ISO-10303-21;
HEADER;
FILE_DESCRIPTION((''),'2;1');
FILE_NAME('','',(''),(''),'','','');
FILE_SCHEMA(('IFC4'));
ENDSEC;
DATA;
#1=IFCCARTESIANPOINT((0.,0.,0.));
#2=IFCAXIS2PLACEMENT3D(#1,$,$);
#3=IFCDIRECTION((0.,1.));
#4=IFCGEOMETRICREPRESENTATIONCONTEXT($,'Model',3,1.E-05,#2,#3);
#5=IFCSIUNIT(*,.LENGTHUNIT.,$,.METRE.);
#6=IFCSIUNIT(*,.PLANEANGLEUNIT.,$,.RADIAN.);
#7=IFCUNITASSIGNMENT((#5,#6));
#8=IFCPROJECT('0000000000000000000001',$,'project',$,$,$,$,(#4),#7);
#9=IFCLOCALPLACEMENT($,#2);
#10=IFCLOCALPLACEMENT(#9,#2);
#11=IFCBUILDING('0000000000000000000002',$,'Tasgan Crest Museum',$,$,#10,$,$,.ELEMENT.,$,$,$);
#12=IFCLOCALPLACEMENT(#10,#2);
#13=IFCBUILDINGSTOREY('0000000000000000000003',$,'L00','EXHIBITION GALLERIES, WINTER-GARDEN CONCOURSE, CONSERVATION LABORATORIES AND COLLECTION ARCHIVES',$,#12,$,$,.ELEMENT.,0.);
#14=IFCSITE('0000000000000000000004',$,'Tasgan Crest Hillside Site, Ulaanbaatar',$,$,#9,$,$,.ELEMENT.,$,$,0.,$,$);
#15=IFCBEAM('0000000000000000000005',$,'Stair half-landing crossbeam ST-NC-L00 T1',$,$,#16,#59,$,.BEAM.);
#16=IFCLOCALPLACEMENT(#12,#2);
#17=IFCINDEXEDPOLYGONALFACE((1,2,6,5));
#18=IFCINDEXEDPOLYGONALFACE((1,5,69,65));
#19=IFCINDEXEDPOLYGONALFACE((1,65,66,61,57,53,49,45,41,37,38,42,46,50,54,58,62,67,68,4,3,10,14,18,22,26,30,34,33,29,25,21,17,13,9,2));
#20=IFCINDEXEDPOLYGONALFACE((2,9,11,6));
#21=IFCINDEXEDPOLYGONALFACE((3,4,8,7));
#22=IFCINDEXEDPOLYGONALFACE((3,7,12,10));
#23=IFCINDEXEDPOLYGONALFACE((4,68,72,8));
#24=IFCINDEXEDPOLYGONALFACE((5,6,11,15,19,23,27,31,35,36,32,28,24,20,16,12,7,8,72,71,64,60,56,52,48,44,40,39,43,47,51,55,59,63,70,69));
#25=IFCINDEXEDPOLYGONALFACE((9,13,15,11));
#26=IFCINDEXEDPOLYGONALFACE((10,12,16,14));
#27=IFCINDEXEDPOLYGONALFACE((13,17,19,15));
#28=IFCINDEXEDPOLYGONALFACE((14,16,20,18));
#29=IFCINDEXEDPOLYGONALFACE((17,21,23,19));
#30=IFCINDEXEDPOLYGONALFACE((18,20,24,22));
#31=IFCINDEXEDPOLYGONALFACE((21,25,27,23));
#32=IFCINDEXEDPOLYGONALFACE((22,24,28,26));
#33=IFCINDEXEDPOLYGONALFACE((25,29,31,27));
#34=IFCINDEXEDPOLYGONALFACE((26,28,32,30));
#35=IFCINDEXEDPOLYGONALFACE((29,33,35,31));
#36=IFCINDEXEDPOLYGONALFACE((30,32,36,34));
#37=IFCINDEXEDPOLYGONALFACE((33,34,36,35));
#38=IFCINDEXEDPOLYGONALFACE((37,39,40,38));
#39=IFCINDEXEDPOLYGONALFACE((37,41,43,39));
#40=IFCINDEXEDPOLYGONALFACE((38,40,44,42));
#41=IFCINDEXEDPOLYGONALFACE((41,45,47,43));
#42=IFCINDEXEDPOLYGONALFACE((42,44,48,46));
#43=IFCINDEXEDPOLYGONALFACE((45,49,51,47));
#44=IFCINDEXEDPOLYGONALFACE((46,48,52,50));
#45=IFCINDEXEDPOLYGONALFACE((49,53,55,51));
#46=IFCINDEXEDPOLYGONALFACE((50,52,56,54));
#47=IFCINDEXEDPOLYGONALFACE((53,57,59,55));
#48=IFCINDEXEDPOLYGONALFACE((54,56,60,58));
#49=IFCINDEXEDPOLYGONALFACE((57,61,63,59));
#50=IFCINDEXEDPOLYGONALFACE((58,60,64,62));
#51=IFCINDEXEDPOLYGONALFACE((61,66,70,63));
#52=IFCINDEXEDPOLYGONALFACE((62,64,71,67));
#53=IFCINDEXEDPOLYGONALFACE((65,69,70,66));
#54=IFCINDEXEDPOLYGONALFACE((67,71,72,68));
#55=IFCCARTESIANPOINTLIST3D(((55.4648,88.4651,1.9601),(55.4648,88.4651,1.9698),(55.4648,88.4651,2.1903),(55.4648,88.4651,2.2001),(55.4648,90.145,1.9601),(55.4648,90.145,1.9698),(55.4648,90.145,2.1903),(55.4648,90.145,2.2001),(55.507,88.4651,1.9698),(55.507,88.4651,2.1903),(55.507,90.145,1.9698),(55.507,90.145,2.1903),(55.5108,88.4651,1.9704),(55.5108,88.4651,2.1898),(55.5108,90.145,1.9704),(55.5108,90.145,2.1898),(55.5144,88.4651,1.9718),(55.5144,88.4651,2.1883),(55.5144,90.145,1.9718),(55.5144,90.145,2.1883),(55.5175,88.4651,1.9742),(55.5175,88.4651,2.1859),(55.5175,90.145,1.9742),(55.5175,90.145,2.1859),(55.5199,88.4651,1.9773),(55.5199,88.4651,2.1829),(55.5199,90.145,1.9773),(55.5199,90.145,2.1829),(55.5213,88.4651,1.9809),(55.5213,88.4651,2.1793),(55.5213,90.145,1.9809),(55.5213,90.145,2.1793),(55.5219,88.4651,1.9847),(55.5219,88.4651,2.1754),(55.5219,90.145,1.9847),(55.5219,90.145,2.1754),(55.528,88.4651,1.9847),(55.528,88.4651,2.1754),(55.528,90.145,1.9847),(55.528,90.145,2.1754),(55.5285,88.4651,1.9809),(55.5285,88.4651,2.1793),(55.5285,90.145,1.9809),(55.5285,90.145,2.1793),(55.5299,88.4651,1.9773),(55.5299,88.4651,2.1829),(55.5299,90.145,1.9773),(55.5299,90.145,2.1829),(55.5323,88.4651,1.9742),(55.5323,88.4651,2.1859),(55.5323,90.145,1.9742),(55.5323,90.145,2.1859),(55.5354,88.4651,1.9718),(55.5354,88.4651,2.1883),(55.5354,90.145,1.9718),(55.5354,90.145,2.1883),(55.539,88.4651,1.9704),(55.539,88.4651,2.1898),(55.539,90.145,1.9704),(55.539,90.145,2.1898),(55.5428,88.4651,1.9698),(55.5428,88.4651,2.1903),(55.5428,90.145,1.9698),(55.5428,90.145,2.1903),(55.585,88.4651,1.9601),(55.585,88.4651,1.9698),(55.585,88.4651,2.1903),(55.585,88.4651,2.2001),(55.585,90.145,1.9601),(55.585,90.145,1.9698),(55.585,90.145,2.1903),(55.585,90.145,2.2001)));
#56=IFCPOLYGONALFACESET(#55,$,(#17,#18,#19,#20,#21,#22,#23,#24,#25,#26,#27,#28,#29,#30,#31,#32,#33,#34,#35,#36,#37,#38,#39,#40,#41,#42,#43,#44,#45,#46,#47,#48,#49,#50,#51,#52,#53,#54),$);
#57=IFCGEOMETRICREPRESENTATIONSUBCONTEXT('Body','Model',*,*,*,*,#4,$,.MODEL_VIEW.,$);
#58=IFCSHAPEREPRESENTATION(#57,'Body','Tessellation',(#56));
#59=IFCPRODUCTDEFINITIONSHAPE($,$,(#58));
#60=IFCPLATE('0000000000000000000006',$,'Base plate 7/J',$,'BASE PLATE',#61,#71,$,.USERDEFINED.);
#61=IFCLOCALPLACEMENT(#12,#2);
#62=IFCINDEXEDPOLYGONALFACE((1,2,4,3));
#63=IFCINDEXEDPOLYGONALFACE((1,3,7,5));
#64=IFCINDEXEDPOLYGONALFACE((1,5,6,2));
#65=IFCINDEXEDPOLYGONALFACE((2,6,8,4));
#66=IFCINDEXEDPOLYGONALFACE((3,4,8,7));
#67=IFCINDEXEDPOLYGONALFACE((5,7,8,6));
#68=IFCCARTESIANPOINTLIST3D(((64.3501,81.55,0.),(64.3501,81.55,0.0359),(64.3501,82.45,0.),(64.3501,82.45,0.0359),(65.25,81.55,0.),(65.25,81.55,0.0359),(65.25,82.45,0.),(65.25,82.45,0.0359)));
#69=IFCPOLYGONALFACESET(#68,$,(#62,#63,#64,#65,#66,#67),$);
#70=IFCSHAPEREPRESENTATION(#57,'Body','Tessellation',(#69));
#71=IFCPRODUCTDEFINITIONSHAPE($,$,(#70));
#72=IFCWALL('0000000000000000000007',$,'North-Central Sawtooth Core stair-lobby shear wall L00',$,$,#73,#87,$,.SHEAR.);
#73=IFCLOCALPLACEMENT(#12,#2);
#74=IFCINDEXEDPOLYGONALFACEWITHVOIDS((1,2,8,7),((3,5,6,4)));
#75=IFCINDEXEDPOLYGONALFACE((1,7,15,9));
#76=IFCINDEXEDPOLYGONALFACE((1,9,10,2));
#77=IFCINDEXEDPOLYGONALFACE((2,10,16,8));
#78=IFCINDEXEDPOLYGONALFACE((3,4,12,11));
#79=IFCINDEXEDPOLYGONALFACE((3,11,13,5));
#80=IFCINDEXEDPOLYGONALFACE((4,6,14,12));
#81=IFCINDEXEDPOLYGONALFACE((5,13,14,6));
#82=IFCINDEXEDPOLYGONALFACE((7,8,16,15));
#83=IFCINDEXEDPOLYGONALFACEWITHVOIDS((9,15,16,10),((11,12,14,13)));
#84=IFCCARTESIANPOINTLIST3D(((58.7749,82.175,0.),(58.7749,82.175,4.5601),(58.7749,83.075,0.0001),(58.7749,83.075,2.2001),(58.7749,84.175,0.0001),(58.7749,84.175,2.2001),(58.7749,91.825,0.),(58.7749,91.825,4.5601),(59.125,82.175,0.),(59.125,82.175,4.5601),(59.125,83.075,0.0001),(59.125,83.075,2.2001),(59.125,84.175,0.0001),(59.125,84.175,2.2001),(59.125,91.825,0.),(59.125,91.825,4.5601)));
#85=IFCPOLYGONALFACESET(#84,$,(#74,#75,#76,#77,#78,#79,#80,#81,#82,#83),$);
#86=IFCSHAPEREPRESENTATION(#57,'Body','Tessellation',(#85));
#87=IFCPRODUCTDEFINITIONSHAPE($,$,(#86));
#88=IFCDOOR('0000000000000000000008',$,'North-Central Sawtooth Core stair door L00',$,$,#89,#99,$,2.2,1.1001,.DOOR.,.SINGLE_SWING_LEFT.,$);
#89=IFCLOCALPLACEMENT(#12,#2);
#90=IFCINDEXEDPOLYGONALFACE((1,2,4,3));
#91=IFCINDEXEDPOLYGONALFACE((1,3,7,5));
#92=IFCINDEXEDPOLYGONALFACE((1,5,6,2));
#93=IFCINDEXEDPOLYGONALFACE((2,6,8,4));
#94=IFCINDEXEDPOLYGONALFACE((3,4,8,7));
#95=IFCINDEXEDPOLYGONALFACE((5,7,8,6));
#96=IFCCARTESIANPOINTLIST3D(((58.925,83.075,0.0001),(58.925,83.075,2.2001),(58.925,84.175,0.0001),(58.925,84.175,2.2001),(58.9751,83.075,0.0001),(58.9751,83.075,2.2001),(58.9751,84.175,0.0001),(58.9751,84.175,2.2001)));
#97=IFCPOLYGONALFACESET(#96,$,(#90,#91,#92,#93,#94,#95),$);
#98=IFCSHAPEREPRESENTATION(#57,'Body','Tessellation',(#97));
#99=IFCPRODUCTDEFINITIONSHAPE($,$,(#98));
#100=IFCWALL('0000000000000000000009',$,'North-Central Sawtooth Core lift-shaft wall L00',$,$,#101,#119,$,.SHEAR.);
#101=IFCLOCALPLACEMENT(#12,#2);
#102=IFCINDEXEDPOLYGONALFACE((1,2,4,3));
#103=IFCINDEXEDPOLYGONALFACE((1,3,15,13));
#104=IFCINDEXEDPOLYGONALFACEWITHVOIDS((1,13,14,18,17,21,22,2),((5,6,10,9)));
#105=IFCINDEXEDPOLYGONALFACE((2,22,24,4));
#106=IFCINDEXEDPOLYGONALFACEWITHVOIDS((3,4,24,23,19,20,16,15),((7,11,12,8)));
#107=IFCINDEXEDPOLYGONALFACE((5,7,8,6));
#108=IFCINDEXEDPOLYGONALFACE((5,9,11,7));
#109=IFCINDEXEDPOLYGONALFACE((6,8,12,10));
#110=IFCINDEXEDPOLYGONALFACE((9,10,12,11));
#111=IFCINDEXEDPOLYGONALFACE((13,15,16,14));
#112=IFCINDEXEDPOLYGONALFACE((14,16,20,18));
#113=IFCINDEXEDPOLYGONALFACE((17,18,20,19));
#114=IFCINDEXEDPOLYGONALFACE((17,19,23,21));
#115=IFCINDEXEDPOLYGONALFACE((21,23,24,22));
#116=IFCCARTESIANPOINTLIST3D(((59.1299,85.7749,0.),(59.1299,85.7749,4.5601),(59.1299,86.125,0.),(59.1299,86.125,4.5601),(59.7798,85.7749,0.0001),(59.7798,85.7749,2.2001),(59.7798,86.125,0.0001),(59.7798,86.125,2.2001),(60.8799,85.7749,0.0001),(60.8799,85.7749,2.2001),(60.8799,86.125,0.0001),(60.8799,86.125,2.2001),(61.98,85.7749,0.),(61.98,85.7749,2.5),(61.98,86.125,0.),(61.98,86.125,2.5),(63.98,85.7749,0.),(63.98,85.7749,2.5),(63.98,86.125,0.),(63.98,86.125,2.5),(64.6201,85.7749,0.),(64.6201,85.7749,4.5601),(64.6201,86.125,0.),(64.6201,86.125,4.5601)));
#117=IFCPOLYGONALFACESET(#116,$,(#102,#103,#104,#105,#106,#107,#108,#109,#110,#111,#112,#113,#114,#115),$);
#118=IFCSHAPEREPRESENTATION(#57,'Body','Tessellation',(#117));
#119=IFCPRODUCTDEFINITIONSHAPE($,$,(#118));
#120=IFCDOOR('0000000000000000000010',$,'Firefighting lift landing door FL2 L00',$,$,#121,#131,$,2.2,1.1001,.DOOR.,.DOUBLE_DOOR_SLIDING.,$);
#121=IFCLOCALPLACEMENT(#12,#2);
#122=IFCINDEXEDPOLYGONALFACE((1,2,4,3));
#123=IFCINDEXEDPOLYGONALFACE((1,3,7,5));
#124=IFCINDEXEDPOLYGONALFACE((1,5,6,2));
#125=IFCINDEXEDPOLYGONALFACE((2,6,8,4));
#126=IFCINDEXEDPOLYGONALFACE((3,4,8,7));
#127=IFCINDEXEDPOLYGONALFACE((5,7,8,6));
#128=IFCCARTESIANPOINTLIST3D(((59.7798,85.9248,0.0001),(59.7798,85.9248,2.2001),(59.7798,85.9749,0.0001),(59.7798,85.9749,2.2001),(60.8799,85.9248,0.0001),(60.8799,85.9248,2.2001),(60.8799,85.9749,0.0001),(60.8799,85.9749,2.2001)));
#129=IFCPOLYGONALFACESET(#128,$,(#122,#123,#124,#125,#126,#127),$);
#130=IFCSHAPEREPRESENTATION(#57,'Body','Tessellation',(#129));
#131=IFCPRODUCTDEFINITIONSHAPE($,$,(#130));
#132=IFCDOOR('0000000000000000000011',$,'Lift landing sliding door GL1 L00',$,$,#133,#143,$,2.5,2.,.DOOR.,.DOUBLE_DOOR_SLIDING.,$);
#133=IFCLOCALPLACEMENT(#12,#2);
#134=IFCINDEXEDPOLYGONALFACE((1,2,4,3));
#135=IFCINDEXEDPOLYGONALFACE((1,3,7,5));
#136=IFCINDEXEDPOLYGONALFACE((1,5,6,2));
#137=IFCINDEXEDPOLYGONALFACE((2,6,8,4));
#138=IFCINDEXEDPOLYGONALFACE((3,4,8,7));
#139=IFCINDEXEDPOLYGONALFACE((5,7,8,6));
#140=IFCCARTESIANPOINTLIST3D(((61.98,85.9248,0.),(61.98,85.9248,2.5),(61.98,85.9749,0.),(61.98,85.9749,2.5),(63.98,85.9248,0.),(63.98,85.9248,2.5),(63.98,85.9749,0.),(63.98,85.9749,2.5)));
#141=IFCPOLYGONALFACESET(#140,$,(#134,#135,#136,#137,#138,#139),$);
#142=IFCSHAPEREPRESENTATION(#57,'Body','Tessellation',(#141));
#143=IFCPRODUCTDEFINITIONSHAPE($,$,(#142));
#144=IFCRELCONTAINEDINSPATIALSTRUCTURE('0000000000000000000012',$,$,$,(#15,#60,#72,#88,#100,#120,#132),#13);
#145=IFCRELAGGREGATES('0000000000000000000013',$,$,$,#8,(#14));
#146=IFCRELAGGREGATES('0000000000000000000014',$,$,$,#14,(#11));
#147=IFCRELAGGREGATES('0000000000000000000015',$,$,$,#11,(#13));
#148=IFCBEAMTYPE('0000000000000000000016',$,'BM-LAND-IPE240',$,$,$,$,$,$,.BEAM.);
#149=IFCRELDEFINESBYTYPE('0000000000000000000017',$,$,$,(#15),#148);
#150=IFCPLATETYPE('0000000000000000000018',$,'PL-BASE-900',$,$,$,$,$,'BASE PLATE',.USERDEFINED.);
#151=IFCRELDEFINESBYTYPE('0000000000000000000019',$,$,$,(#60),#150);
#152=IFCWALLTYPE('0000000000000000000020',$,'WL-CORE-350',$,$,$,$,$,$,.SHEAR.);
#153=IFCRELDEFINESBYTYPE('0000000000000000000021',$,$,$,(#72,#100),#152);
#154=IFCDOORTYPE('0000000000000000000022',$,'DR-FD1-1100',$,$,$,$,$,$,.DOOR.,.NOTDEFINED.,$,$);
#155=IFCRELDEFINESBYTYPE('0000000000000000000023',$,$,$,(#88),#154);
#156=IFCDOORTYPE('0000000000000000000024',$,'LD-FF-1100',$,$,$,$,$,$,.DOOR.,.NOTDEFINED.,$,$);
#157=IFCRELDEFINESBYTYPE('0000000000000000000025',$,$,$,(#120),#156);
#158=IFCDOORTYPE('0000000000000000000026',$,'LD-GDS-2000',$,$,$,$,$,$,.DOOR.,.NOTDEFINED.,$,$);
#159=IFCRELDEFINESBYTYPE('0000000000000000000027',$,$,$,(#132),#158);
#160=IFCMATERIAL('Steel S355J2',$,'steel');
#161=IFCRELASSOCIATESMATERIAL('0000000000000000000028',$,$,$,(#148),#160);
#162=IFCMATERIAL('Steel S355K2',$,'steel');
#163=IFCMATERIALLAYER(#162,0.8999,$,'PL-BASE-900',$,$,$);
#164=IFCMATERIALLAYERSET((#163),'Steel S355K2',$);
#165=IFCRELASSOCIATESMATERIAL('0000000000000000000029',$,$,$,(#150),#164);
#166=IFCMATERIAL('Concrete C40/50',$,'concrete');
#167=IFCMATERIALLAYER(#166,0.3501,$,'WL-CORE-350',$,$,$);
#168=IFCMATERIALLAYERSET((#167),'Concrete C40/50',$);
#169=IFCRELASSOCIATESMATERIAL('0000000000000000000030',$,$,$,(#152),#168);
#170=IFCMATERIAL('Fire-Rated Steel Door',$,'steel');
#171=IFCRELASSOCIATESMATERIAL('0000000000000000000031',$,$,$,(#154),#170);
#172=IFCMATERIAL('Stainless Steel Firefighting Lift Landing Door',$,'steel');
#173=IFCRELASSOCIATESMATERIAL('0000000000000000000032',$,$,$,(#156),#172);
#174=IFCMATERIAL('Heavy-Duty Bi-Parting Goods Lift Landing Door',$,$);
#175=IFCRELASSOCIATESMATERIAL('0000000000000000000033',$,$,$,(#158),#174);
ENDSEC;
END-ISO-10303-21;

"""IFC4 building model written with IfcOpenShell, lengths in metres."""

from ifc_helpers import new_model, si_unit, direction, frame, frame_2d, origin, origin_2d, place, context, subcontext, project, spatial, rectangle, i_section, extrude, material, layer, layer_set, material_profile, profile_set, type_object, element, fill, save


model = new_model("IFC4")

# Units and contexts
model_context = context("Model", 3, precision=1e-05, world=origin(), true_north=direction((0.0, 1.0)))
body_context = subcontext(model_context, "Body", "Model", "MODEL_VIEW")
ifc_project = project(units=[si_unit("LENGTHUNIT", "METRE"), si_unit("PLANEANGLEUNIT", "RADIAN")], contexts=[model_context])

# Site, building, storey
site_placement = place(None, origin())
site = spatial("IfcSite", under=ifc_project, at=site_placement, Name="Tasgan Crest Hillside Site, Ulaanbaatar", CompositionType="ELEMENT", RefElevation=0.0)
building_placement = place(site_placement, origin())
building = spatial("IfcBuilding", under=site, at=building_placement, Name="Tasgan Crest Museum", CompositionType="ELEMENT")
storey_placement = place(building_placement, origin())
storey = spatial("IfcBuildingStorey", under=building, at=storey_placement, Name="L00", Description="EXHIBITION GALLERIES, WINTER-GARDEN CONCOURSE, CONSERVATION LABORATORIES AND COLLECTION ARCHIVES", CompositionType="ELEMENT", Elevation=0.0)

# Beam
ifc_material_1 = material(Name="Steel S355J2", Category="steel")
ifc_material_profile_1 = material_profile(ifc_material_1, i_section(OverallWidth=0.1201, OverallDepth=0.24, WebThickness=0.0061, FlangeThickness=0.0098, FilletRadius=0.0149, at=origin_2d()), Name="IPE 240")
ifc_profile_set_1 = profile_set([ifc_material_profile_1], Name="Steel S355J2")
beam_type = type_object("IfcBeamType", Name="BM-LAND-IPE240", PredefinedType="BEAM", material=ifc_profile_set_1)
beam_placement = place(storey_placement, frame((55.5249, 88.4651, 2.0801), z_axis=(0.0, 1.0, 0.0), x_axis=(-1.0, 0.0, 0.0)))
element("IfcBeam", 1, at=beam_placement, inside=storey, type_object=beam_type, Name="Stair half-landing crossbeam ST-NC-L00 T1", PredefinedType="BEAM", context=body_context, shape_type="SweptSolid", body=[
    extrude(i_section(OverallWidth=0.1201, OverallDepth=0.24, WebThickness=0.0061, FlangeThickness=0.0098, FilletRadius=0.0149, at=origin_2d()), origin(), (0.0, 0.0, 1.0), 1.6799),
])

# Plate
ifc_material_2 = material(Name="Steel S355K2", Category="steel")
ifc_layer_1 = layer(ifc_material_2, 0.8999, Name="PL-BASE-900")
ifc_layer_set_1 = layer_set([ifc_layer_1], Name="Steel S355K2")
plate_type = type_object("IfcPlateType", Name="PL-BASE-900", ElementType="BASE PLATE", PredefinedType="USERDEFINED", material=ifc_layer_set_1)
plate_placement = place(storey_placement, frame((64.8, 82.0, 0.0), z_axis=(0.0, 0.0, 1.0), x_axis=(1.0, 0.0, 0.0)))
element("IfcPlate", 2, at=plate_placement, inside=storey, type_object=plate_type, Name="Base plate 7/J", ObjectType="BASE PLATE", PredefinedType="USERDEFINED", context=body_context, shape_type="SweptSolid", body=[
    extrude(rectangle(XDim=0.8999, YDim=0.8999, at=origin_2d()), origin(), (0.0, 0.0, 1.0), 0.0359),
])

# Wall, opening, door
ifc_material_3 = material(Name="Concrete C40/50", Category="concrete")
ifc_layer_2 = layer(ifc_material_3, 0.3501, Name="WL-CORE-350")
ifc_layer_set_2 = layer_set([ifc_layer_2], Name="Concrete C40/50")
wall_type = type_object("IfcWallType", Name="WL-CORE-350", PredefinedType="SHEAR", material=ifc_layer_set_2)
wall_1_placement = place(storey_placement, frame((58.95, 82.175, 0.0), z_axis=(0.0, 0.0, 1.0), x_axis=(0.0, 1.0, 0.0)))
wall_1 = element("IfcWall", 3, at=wall_1_placement, inside=storey, type_object=wall_type, Name="North-Central Sawtooth Core stair-lobby shear wall L00", PredefinedType="SHEAR", context=body_context, shape_type="SweptSolid", body=[
    extrude(rectangle(XDim=9.6499, YDim=0.3501, at=frame_2d((4.825, 0.0))), origin(), (0.0, 0.0, 1.0), 4.5601),
])
opening_1_placement = place(wall_1_placement, frame((0.8999, 0.0, 0.0)))
opening_1 = element("IfcOpeningElement", 4, at=opening_1_placement, cuts=wall_1, PredefinedType="OPENING", context=body_context, shape_type="SweptSolid", body=[
    extrude(rectangle(XDim=1.1001, YDim=2.2, at=frame_2d((0.55, 1.1001))), frame((0.0, 0.1851, 0.0), z_axis=(0.0, -1.0, 0.0), x_axis=(1.0, 0.0, 0.0)), (0.0, 0.0, 1.0), 0.3701),
])
ifc_material_4 = material(Name="Fire-Rated Steel Door", Category="steel")
door_type_1 = type_object("IfcDoorType", Name="DR-FD1-1100", OperationType="NOTDEFINED", PredefinedType="DOOR", material=ifc_material_4)
door_1_placement = place(opening_1_placement, origin())
door_1 = element("IfcDoor", 5, at=door_1_placement, inside=storey, type_object=door_type_1, Name="North-Central Sawtooth Core stair door L00", OperationType="SINGLE_SWING_LEFT", OverallHeight=2.2, OverallWidth=1.1001, PredefinedType="DOOR", context=body_context, shape_type="SweptSolid", body=[
    extrude(rectangle(XDim=1.1001, YDim=2.2, at=frame_2d((0.55, 1.1001))), frame((0.0, 0.0249, 0.0), z_axis=(0.0, -1.0, 0.0), x_axis=(1.0, 0.0, 0.0)), (0.0, 0.0, 1.0), 0.05),
])
fill(opening_1, door_1)

# Wall, openings, doors
wall_2_placement = place(storey_placement, frame((59.1299, 85.95, 0.0), z_axis=(0.0, 0.0, 1.0), x_axis=(1.0, 0.0, 0.0)))
wall_2 = element("IfcWall", 6, at=wall_2_placement, inside=storey, type_object=wall_type, Name="North-Central Sawtooth Core lift-shaft wall L00", PredefinedType="SHEAR", context=body_context, shape_type="SweptSolid", body=[
    extrude(rectangle(XDim=5.4902, YDim=0.3501, at=frame_2d((2.7451, 0.0))), origin(), (0.0, 0.0, 1.0), 4.5601),
])
opening_2_placement = place(wall_2_placement, frame((0.6499, 0.0, 0.0)))
opening_2 = element("IfcOpeningElement", 7, at=opening_2_placement, cuts=wall_2, PredefinedType="OPENING", context=body_context, shape_type="SweptSolid", body=[
    extrude(rectangle(XDim=1.1001, YDim=2.2, at=frame_2d((0.55, 1.1001))), frame((0.0, 0.1851, 0.0), z_axis=(0.0, -1.0, 0.0), x_axis=(1.0, 0.0, 0.0)), (0.0, 0.0, 1.0), 0.3701),
])
opening_3_placement = place(wall_2_placement, frame((2.8501, 0.0, 0.0)))
opening_3 = element("IfcOpeningElement", 8, at=opening_3_placement, cuts=wall_2, PredefinedType="OPENING", context=body_context, shape_type="SweptSolid", body=[
    extrude(rectangle(XDim=2.0, YDim=2.5, at=frame_2d((1.0, 1.25))), frame((0.0, 0.1851, 0.0), z_axis=(0.0, -1.0, 0.0), x_axis=(1.0, 0.0, 0.0)), (0.0, 0.0, 1.0), 0.3701),
])
ifc_material_5 = material(Name="Stainless Steel Firefighting Lift Landing Door", Category="steel")
door_type_2 = type_object("IfcDoorType", Name="LD-FF-1100", OperationType="NOTDEFINED", PredefinedType="DOOR", material=ifc_material_5)
door_2_placement = place(opening_2_placement, origin())
door_2 = element("IfcDoor", 9, at=door_2_placement, inside=storey, type_object=door_type_2, Name="Firefighting lift landing door FL2 L00", OperationType="DOUBLE_DOOR_SLIDING", OverallHeight=2.2, OverallWidth=1.1001, PredefinedType="DOOR", context=body_context, shape_type="SweptSolid", body=[
    extrude(rectangle(XDim=1.1001, YDim=2.2, at=frame_2d((0.55, 1.1001))), frame((0.0, 0.0249, 0.0), z_axis=(0.0, -1.0, 0.0), x_axis=(1.0, 0.0, 0.0)), (0.0, 0.0, 1.0), 0.05),
])
fill(opening_2, door_2)
ifc_material_6 = material(Name="Heavy-Duty Bi-Parting Goods Lift Landing Door")
door_type_3 = type_object("IfcDoorType", Name="LD-GDS-2000", OperationType="NOTDEFINED", PredefinedType="DOOR", material=ifc_material_6)
door_3_placement = place(opening_3_placement, origin())
door_3 = element("IfcDoor", 10, at=door_3_placement, inside=storey, type_object=door_type_3, Name="Lift landing sliding door GL1 L00", OperationType="DOUBLE_DOOR_SLIDING", OverallHeight=2.5, OverallWidth=2.0, PredefinedType="DOOR", context=body_context, shape_type="SweptSolid", body=[
    extrude(rectangle(XDim=2.0, YDim=2.5, at=frame_2d((1.0, 1.25))), frame((0.0, 0.0249, 0.0), z_axis=(0.0, -1.0, 0.0), x_axis=(1.0, 0.0, 0.0)), (0.0, 0.0, 1.0), 0.05),
])
fill(opening_3, door_3)

save(model, "model.ifc")
